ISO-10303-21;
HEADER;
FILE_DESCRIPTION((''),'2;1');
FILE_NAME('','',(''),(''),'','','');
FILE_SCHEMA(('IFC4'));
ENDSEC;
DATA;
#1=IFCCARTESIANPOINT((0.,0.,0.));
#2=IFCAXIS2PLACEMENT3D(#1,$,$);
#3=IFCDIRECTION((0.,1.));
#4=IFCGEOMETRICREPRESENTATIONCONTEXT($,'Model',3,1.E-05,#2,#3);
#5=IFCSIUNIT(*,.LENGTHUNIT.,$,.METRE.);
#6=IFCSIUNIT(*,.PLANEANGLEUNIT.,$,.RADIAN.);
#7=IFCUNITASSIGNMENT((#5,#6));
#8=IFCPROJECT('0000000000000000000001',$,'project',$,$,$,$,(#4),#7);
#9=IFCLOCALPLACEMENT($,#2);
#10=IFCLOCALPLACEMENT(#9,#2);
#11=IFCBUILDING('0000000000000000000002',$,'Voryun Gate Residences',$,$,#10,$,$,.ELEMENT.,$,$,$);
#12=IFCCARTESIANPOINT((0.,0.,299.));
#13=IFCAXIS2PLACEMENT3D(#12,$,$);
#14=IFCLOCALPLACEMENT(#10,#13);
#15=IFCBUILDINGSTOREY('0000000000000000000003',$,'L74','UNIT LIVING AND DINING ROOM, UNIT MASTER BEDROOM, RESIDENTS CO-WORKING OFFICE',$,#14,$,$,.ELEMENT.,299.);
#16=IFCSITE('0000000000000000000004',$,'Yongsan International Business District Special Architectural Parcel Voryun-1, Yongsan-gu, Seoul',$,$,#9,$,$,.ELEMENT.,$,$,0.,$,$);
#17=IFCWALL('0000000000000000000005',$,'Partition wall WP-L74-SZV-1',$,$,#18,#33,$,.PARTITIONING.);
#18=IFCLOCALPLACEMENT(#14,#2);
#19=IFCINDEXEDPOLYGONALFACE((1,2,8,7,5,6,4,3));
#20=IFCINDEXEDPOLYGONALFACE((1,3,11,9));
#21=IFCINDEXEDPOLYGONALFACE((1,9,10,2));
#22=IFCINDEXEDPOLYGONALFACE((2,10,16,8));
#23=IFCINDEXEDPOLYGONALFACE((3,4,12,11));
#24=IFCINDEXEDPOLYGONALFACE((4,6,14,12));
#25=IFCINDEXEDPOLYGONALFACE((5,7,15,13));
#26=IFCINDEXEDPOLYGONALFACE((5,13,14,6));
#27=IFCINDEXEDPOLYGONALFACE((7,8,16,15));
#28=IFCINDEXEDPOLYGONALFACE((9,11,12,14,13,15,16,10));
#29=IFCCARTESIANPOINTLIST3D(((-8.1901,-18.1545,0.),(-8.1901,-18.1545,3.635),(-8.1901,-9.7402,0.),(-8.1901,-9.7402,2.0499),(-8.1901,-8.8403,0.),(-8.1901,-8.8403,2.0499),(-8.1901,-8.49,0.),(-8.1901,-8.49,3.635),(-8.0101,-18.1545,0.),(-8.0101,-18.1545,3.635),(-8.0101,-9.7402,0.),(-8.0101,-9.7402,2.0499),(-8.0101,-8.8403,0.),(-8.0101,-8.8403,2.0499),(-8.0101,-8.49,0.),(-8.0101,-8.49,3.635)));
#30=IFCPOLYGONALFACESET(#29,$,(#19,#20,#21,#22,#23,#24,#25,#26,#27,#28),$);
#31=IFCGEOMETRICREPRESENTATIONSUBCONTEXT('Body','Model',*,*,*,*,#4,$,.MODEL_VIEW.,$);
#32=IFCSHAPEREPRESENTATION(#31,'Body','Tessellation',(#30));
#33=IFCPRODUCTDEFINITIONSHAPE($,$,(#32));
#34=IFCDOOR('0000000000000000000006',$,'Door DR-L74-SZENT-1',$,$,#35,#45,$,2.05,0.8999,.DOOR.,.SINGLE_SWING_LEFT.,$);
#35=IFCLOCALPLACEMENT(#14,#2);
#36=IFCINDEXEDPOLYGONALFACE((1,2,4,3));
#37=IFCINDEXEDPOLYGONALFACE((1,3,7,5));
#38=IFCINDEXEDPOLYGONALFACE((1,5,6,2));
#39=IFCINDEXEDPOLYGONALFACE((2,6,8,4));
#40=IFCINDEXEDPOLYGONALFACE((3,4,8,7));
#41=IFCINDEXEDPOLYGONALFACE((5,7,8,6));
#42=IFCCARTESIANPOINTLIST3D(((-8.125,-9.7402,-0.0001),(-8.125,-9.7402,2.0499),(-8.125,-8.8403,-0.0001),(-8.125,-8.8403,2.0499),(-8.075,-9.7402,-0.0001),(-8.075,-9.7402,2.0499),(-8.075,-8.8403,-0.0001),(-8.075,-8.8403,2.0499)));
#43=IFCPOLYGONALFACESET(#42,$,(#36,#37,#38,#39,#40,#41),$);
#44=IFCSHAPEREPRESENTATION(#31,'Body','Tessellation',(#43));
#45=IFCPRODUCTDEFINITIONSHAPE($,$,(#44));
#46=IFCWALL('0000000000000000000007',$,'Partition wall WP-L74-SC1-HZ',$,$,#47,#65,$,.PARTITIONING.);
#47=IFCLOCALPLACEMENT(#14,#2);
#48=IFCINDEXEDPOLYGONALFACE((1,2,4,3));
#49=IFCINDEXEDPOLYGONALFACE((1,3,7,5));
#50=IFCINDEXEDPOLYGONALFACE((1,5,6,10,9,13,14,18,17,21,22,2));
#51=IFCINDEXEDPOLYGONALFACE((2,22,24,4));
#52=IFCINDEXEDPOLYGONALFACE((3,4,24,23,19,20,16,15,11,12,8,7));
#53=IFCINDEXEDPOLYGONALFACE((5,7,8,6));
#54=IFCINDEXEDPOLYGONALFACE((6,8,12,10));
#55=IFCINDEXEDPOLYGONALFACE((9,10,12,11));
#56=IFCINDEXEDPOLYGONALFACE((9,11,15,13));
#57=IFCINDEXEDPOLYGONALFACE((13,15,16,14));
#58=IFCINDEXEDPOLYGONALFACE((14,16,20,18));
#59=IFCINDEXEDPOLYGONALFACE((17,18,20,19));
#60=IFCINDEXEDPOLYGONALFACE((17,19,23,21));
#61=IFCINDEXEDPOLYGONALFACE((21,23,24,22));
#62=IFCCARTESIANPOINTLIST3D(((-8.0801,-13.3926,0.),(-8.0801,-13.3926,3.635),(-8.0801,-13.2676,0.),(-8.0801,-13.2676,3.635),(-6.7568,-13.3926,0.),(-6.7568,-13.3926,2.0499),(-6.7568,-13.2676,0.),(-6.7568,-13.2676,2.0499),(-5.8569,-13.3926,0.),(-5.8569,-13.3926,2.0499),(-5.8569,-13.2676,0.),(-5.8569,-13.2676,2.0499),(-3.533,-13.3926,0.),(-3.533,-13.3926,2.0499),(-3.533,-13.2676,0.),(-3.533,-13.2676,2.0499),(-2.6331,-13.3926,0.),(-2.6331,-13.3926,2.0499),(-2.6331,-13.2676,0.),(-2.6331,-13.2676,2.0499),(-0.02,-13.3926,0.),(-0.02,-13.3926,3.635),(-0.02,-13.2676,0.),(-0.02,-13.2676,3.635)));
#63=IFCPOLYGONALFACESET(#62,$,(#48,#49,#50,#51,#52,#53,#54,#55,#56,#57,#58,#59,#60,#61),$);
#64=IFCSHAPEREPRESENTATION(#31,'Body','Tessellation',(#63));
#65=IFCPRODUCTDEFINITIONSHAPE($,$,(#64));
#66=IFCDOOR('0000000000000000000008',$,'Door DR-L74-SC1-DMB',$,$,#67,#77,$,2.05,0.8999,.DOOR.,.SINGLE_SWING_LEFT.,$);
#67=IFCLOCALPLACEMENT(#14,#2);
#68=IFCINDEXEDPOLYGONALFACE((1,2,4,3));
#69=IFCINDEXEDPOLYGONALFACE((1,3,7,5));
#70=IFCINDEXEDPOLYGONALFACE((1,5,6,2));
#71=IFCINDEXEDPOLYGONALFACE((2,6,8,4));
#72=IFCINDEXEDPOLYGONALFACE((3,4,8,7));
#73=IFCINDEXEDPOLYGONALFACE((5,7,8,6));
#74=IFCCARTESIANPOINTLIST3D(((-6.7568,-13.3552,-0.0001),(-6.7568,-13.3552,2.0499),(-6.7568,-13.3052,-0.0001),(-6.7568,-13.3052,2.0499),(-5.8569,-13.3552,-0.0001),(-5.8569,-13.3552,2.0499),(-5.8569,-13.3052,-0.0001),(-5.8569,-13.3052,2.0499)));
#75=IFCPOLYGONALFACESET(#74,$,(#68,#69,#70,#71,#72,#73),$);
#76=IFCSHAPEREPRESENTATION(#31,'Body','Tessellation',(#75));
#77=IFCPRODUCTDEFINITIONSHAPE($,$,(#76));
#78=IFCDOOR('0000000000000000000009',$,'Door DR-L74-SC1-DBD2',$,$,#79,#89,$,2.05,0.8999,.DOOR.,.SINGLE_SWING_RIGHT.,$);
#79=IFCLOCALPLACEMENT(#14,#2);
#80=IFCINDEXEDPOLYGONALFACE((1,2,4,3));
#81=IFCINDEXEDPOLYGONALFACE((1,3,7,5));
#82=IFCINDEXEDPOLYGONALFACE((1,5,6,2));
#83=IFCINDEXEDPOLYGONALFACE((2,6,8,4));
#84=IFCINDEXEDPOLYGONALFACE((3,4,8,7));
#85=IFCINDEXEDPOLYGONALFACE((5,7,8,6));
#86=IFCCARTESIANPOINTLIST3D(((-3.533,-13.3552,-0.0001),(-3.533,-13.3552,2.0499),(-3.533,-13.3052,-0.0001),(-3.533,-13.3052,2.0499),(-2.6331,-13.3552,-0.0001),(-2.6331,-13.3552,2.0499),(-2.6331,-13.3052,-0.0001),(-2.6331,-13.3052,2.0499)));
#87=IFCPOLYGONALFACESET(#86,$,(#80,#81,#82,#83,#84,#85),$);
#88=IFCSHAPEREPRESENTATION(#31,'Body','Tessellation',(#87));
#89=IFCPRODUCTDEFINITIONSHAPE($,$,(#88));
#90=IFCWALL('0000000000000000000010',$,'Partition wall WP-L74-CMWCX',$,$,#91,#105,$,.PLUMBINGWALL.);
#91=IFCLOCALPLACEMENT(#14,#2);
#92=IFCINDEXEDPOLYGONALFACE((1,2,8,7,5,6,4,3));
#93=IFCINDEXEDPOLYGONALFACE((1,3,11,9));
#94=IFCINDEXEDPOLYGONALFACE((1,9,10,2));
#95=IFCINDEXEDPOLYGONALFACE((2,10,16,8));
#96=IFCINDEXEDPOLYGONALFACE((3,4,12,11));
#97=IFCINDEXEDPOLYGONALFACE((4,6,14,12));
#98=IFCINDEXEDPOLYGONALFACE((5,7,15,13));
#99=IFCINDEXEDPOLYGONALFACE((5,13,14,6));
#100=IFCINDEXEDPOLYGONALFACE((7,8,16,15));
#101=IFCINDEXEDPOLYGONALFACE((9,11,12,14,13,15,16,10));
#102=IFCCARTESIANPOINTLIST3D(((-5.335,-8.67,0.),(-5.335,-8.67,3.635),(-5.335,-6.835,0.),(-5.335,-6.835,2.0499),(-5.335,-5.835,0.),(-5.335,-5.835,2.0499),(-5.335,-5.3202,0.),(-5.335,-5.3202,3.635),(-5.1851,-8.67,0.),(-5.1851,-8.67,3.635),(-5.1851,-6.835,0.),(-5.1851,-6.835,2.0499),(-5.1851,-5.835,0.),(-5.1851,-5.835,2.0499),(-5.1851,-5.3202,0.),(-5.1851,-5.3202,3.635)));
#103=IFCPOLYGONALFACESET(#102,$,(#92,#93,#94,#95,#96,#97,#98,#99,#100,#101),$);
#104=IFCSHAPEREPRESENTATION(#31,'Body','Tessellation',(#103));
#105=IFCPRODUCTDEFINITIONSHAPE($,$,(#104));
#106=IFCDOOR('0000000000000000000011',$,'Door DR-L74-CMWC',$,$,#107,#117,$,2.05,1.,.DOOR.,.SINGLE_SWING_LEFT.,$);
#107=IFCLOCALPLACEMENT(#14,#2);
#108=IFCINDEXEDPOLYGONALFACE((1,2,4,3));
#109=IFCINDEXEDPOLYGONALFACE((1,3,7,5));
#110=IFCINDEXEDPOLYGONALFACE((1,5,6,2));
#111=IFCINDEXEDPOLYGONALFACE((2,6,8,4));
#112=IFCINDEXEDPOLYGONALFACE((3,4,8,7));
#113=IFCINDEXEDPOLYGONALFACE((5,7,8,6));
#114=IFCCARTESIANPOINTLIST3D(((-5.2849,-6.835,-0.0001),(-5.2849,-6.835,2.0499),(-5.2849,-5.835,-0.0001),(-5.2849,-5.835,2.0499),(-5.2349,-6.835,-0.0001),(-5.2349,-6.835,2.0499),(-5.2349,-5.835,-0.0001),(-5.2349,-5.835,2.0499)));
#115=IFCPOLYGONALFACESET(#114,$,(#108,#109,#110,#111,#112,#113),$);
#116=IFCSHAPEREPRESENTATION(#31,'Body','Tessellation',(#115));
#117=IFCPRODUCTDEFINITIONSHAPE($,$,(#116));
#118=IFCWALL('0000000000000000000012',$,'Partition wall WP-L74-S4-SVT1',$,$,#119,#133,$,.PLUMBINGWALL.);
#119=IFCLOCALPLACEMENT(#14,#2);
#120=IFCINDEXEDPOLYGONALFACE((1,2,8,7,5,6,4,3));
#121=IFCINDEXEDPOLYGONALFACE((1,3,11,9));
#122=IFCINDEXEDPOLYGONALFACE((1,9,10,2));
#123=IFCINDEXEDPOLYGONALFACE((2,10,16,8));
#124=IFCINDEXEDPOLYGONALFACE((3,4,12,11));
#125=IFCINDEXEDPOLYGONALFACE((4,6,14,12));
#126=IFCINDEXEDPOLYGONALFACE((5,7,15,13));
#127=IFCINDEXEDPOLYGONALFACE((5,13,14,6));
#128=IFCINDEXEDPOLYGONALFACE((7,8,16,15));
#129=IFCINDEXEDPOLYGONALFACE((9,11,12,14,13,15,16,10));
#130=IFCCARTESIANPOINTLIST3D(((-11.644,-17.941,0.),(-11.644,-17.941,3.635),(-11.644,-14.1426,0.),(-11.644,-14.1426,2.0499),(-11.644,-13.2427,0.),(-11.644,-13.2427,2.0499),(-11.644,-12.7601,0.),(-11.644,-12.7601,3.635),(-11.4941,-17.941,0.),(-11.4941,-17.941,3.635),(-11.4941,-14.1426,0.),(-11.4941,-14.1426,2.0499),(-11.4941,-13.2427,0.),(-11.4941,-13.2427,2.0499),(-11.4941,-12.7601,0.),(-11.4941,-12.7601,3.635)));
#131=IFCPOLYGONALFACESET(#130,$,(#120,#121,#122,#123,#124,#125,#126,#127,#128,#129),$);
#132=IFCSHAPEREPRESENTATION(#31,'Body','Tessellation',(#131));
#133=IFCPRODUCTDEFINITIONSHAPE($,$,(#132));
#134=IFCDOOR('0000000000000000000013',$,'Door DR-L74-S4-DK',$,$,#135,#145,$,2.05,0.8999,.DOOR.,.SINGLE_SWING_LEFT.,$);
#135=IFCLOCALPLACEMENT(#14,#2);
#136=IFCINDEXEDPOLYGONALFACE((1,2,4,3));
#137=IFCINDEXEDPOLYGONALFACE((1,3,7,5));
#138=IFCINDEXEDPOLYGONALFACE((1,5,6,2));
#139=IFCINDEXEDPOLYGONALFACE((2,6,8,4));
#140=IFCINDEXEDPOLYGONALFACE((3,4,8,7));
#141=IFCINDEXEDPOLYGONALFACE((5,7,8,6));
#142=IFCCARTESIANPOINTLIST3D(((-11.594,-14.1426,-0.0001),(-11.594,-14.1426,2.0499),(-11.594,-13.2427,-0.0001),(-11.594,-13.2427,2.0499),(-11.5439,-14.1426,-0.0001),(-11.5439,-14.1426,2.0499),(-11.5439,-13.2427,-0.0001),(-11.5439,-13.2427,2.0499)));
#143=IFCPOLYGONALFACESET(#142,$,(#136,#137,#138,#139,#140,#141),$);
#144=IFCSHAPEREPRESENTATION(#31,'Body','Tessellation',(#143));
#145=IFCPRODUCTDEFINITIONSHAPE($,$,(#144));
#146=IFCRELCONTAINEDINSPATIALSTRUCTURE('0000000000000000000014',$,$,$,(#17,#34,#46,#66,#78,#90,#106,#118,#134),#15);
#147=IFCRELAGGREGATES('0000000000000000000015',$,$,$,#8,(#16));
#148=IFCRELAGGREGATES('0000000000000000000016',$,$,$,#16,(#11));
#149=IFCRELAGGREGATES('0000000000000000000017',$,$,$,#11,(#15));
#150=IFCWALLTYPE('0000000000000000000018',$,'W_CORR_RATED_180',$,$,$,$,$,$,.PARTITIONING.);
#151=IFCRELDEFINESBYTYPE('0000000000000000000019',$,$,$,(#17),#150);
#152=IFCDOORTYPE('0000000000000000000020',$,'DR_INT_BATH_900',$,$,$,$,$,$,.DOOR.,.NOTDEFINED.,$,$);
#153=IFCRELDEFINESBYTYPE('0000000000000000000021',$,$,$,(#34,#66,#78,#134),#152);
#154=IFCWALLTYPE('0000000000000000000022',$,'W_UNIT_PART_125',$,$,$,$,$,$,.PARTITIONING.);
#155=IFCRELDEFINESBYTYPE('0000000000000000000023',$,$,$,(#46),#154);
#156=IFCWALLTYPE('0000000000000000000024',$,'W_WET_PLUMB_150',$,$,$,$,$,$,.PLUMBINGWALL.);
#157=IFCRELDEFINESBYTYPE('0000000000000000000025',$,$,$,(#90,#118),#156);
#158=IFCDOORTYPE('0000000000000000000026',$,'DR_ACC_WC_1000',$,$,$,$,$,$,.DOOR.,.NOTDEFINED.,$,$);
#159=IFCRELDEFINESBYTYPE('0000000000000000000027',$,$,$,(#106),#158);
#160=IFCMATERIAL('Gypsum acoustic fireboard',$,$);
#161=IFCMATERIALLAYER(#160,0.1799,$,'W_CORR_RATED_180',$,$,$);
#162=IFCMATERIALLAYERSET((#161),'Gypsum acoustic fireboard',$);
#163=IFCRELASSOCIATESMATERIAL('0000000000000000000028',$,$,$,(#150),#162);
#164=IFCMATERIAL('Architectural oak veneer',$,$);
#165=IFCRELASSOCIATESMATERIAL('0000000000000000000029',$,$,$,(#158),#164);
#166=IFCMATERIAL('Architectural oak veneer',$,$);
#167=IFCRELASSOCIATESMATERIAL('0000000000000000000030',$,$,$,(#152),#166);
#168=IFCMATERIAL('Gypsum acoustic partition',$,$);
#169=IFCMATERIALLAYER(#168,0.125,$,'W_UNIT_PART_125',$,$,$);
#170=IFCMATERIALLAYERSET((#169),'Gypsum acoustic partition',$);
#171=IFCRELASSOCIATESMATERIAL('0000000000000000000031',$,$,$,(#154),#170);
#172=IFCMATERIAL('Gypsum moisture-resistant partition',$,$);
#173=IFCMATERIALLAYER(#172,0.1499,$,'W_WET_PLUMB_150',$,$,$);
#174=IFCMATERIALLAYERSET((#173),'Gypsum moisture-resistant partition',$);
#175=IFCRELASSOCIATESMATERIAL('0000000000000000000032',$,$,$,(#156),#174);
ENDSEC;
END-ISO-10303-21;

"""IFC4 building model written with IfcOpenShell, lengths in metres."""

from ifc_helpers import new_model, si_unit, direction, frame, frame_2d, origin, place, context, subcontext, project, spatial, rectangle, extrude, material, layer, layer_set, type_object, element, fill, save


model = new_model("IFC4")

# Units and contexts
model_context = context("Model", 3, precision=1e-05, world=origin(), true_north=direction((0.0, 1.0)))
body_context = subcontext(model_context, "Body", "Model", "MODEL_VIEW")
ifc_project = project(units=[si_unit("LENGTHUNIT", "METRE"), si_unit("PLANEANGLEUNIT", "RADIAN")], contexts=[model_context])

# Site, building, storey
site_placement = place(None, origin())
site = spatial("IfcSite", under=ifc_project, at=site_placement, Name="Yongsan International Business District Special Architectural Parcel Voryun-1, Yongsan-gu, Seoul", CompositionType="ELEMENT", RefElevation=0.0)
building_placement = place(site_placement, origin())
building = spatial("IfcBuilding", under=site, at=building_placement, Name="Voryun Gate Residences", CompositionType="ELEMENT")
storey_placement = place(building_placement, frame((0.0, 0.0, 299.0)))
storey = spatial("IfcBuildingStorey", under=building, at=storey_placement, Name="L74", Description="UNIT LIVING AND DINING ROOM, UNIT MASTER BEDROOM, RESIDENTS CO-WORKING OFFICE", CompositionType="ELEMENT", Elevation=299.0)

# Shared definitions
ifc_material_1 = material(Name="Gypsum acoustic fireboard")
ifc_layer_1 = layer(ifc_material_1, 0.1799, Name="W_CORR_RATED_180")
ifc_layer_set_1 = layer_set([ifc_layer_1], Name="Gypsum acoustic fireboard")
wall_type_1 = type_object("IfcWallType", Name="W_CORR_RATED_180", PredefinedType="PARTITIONING", material=ifc_layer_set_1)

# Shared definitions
ifc_material_2 = material(Name="Architectural oak veneer")
door_type_1 = type_object("IfcDoorType", Name="DR_ACC_WC_1000", OperationType="NOTDEFINED", PredefinedType="DOOR", material=ifc_material_2)

# Wall, opening, door
wall_1_placement = place(storey_placement, frame((-8.1001, -18.1545, 0.0), z_axis=(0.0, 0.0, 1.0), x_axis=(0.0, 1.0, 0.0)))
wall_1 = element("IfcWall", 1, at=wall_1_placement, inside=storey, type_object=wall_type_1, Name="Partition wall WP-L74-SZV-1", PredefinedType="PARTITIONING", context=body_context, shape_type="SweptSolid", body=[
    extrude(rectangle(XDim=9.6646, YDim=0.1799, at=frame_2d((4.8323, 0.0))), origin(), (0.0, 0.0, 1.0), 3.635),
])
opening_1_placement = place(wall_1_placement, frame((8.4143, 0.0, 0.0)))
opening_1 = element("IfcOpeningElement", 2, at=opening_1_placement, cuts=wall_1, PredefinedType="OPENING", context=body_context, shape_type="SweptSolid", body=[
    extrude(rectangle(XDim=0.8999, YDim=2.05, at=frame_2d((0.45, 1.0249))), frame((0.0, 0.0999, 0.0), z_axis=(0.0, -1.0, 0.0), x_axis=(1.0, 0.0, 0.0)), (0.0, 0.0, 1.0), 0.2),
])
ifc_material_3 = material(Name="Architectural oak veneer")
door_type_2 = type_object("IfcDoorType", Name="DR_INT_BATH_900", OperationType="NOTDEFINED", PredefinedType="DOOR", material=ifc_material_3)
door_1_placement = place(opening_1_placement, origin())
door_1 = element("IfcDoor", 3, at=door_1_placement, inside=storey, type_object=door_type_2, Name="Door DR-L74-SZENT-1", OperationType="SINGLE_SWING_LEFT", OverallHeight=2.05, OverallWidth=0.8999, PredefinedType="DOOR", context=body_context, shape_type="SweptSolid", body=[
    extrude(rectangle(XDim=0.8999, YDim=2.05, at=frame_2d((0.45, 1.0249))), frame((0.0, 0.0249, 0.0), z_axis=(0.0, -1.0, 0.0), x_axis=(1.0, 0.0, 0.0)), (0.0, 0.0, 1.0), 0.05),
])
fill(opening_1, door_1)

# Wall, openings, doors
ifc_material_4 = material(Name="Gypsum acoustic partition")
ifc_layer_2 = layer(ifc_material_4, 0.125, Name="W_UNIT_PART_125")
ifc_layer_set_2 = layer_set([ifc_layer_2], Name="Gypsum acoustic partition")
wall_type_2 = type_object("IfcWallType", Name="W_UNIT_PART_125", PredefinedType="PARTITIONING", material=ifc_layer_set_2)
wall_2_placement = place(storey_placement, frame((-8.0801, -13.3301, 0.0), z_axis=(0.0, 0.0, 1.0), x_axis=(1.0, 0.0, 0.0)))
wall_2 = element("IfcWall", 4, at=wall_2_placement, inside=storey, type_object=wall_type_2, Name="Partition wall WP-L74-SC1-HZ", PredefinedType="PARTITIONING", context=body_context, shape_type="SweptSolid", body=[
    extrude(rectangle(XDim=8.0601, YDim=0.125, at=frame_2d((4.03, 0.0))), origin(), (0.0, 0.0, 1.0), 3.635),
])
opening_2_placement = place(wall_2_placement, frame((1.3232, 0.0, 0.0)))
opening_2 = element("IfcOpeningElement", 5, at=opening_2_placement, cuts=wall_2, PredefinedType="OPENING", context=body_context, shape_type="SweptSolid", body=[
    extrude(rectangle(XDim=0.8999, YDim=2.05, at=frame_2d((0.45, 1.0249))), frame((0.0, 0.0725, 0.0), z_axis=(0.0, -1.0, 0.0), x_axis=(1.0, 0.0, 0.0)), (0.0, 0.0, 1.0), 0.145),
])
opening_3_placement = place(wall_2_placement, frame((4.5471, 0.0, 0.0)))
opening_3 = element("IfcOpeningElement", 6, at=opening_3_placement, cuts=wall_2, PredefinedType="OPENING", context=body_context, shape_type="SweptSolid", body=[
    extrude(rectangle(XDim=0.8999, YDim=2.05, at=frame_2d((0.45, 1.0249))), frame((0.0, 0.0725, 0.0), z_axis=(0.0, -1.0, 0.0), x_axis=(1.0, 0.0, 0.0)), (0.0, 0.0, 1.0), 0.145),
])
door_2_placement = place(opening_2_placement, origin())
door_2 = element("IfcDoor", 7, at=door_2_placement, inside=storey, type_object=door_type_2, Name="Door DR-L74-SC1-DMB", OperationType="SINGLE_SWING_LEFT", OverallHeight=2.05, OverallWidth=0.8999, PredefinedType="DOOR", context=body_context, shape_type="SweptSolid", body=[
    extrude(rectangle(XDim=0.8999, YDim=2.05, at=frame_2d((0.45, 1.0249))), frame((0.0, 0.0249, 0.0), z_axis=(0.0, -1.0, 0.0), x_axis=(1.0, 0.0, 0.0)), (0.0, 0.0, 1.0), 0.05),
])
fill(opening_2, door_2)
door_3_placement = place(opening_3_placement, origin())
door_3 = element("IfcDoor", 8, at=door_3_placement, inside=storey, type_object=door_type_2, Name="Door DR-L74-SC1-DBD2", OperationType="SINGLE_SWING_RIGHT", OverallHeight=2.05, OverallWidth=0.8999, PredefinedType="DOOR", context=body_context, shape_type="SweptSolid", body=[
    extrude(rectangle(XDim=0.8999, YDim=2.05, at=frame_2d((0.45, 1.0249))), frame((0.0, 0.0249, 0.0), z_axis=(0.0, -1.0, 0.0), x_axis=(1.0, 0.0, 0.0)), (0.0, 0.0, 1.0), 0.05),
])
fill(opening_3, door_3)

# Walls, openings, doors
ifc_material_5 = material(Name="Gypsum moisture-resistant partition")
ifc_layer_3 = layer(ifc_material_5, 0.1499, Name="W_WET_PLUMB_150")
ifc_layer_set_3 = layer_set([ifc_layer_3], Name="Gypsum moisture-resistant partition")
wall_type_3 = type_object("IfcWallType", Name="W_WET_PLUMB_150", PredefinedType="PLUMBINGWALL", material=ifc_layer_set_3)
wall_3_placement = place(storey_placement, frame((-5.26, -8.6699, 0.0), z_axis=(0.0, 0.0, 1.0), x_axis=(0.0, 1.0, 0.0)))
wall_3 = element("IfcWall", 9, at=wall_3_placement, inside=storey, type_object=wall_type_3, Name="Partition wall WP-L74-CMWCX", PredefinedType="PLUMBINGWALL", context=body_context, shape_type="SweptSolid", body=[
    extrude(rectangle(XDim=3.3499, YDim=0.1499, at=frame_2d((1.6748, 0.0))), origin(), (0.0, 0.0, 1.0), 3.635),
])
opening_4_placement = place(wall_3_placement, frame((1.835, 0.0, 0.0)))
opening_4 = element("IfcOpeningElement", 10, at=opening_4_placement, cuts=wall_3, PredefinedType="OPENING", context=body_context, shape_type="SweptSolid", body=[
    extrude(rectangle(XDim=1.0, YDim=2.05, at=frame_2d((0.5, 1.0249))), frame((0.0, 0.085, 0.0), z_axis=(0.0, -1.0, 0.0), x_axis=(1.0, 0.0, 0.0)), (0.0, 0.0, 1.0), 0.1699),
])
door_4_placement = place(opening_4_placement, origin())
door_4 = element("IfcDoor", 11, at=door_4_placement, inside=storey, type_object=door_type_1, Name="Door DR-L74-CMWC", OperationType="SINGLE_SWING_LEFT", OverallHeight=2.05, OverallWidth=1.0, PredefinedType="DOOR", context=body_context, shape_type="SweptSolid", body=[
    extrude(rectangle(XDim=1.0, YDim=2.05, at=frame_2d((0.5, 1.0249))), frame((0.0, 0.0249, 0.0), z_axis=(0.0, -1.0, 0.0), x_axis=(1.0, 0.0, 0.0)), (0.0, 0.0, 1.0), 0.05),
])
fill(opening_4, door_4)
wall_4_placement = place(storey_placement, frame((-11.5691, -17.9409, 0.0), z_axis=(0.0, 0.0, 1.0), x_axis=(0.0, 1.0, 0.0)))
wall_4 = element("IfcWall", 12, at=wall_4_placement, inside=storey, type_object=wall_type_3, Name="Partition wall WP-L74-S4-SVT1", PredefinedType="PLUMBINGWALL", context=body_context, shape_type="SweptSolid", body=[
    extrude(rectangle(XDim=5.1809, YDim=0.1499, at=frame_2d((2.5903, 0.0))), origin(), (0.0, 0.0, 1.0), 3.635),
])
opening_5_placement = place(wall_4_placement, frame((3.7983, 0.0, 0.0)))
opening_5 = element("IfcOpeningElement", 13, at=opening_5_placement, cuts=wall_4, PredefinedType="OPENING", context=body_context, shape_type="SweptSolid", body=[
    extrude(rectangle(XDim=0.8999, YDim=2.05, at=frame_2d((0.45, 1.0249))), frame((0.0, 0.085, 0.0), z_axis=(0.0, -1.0, 0.0), x_axis=(1.0, 0.0, 0.0)), (0.0, 0.0, 1.0), 0.1699),
])
door_5_placement = place(opening_5_placement, origin())
door_5 = element("IfcDoor", 14, at=door_5_placement, inside=storey, type_object=door_type_2, Name="Door DR-L74-S4-DK", OperationType="SINGLE_SWING_LEFT", OverallHeight=2.05, OverallWidth=0.8999, PredefinedType="DOOR", context=body_context, shape_type="SweptSolid", body=[
    extrude(rectangle(XDim=0.8999, YDim=2.05, at=frame_2d((0.45, 1.0249))), frame((0.0, 0.0249, 0.0), z_axis=(0.0, -1.0, 0.0), x_axis=(1.0, 0.0, 0.0)), (0.0, 0.0, 1.0), 0.05),
])
fill(opening_5, door_5)

save(model, "model.ifc")
